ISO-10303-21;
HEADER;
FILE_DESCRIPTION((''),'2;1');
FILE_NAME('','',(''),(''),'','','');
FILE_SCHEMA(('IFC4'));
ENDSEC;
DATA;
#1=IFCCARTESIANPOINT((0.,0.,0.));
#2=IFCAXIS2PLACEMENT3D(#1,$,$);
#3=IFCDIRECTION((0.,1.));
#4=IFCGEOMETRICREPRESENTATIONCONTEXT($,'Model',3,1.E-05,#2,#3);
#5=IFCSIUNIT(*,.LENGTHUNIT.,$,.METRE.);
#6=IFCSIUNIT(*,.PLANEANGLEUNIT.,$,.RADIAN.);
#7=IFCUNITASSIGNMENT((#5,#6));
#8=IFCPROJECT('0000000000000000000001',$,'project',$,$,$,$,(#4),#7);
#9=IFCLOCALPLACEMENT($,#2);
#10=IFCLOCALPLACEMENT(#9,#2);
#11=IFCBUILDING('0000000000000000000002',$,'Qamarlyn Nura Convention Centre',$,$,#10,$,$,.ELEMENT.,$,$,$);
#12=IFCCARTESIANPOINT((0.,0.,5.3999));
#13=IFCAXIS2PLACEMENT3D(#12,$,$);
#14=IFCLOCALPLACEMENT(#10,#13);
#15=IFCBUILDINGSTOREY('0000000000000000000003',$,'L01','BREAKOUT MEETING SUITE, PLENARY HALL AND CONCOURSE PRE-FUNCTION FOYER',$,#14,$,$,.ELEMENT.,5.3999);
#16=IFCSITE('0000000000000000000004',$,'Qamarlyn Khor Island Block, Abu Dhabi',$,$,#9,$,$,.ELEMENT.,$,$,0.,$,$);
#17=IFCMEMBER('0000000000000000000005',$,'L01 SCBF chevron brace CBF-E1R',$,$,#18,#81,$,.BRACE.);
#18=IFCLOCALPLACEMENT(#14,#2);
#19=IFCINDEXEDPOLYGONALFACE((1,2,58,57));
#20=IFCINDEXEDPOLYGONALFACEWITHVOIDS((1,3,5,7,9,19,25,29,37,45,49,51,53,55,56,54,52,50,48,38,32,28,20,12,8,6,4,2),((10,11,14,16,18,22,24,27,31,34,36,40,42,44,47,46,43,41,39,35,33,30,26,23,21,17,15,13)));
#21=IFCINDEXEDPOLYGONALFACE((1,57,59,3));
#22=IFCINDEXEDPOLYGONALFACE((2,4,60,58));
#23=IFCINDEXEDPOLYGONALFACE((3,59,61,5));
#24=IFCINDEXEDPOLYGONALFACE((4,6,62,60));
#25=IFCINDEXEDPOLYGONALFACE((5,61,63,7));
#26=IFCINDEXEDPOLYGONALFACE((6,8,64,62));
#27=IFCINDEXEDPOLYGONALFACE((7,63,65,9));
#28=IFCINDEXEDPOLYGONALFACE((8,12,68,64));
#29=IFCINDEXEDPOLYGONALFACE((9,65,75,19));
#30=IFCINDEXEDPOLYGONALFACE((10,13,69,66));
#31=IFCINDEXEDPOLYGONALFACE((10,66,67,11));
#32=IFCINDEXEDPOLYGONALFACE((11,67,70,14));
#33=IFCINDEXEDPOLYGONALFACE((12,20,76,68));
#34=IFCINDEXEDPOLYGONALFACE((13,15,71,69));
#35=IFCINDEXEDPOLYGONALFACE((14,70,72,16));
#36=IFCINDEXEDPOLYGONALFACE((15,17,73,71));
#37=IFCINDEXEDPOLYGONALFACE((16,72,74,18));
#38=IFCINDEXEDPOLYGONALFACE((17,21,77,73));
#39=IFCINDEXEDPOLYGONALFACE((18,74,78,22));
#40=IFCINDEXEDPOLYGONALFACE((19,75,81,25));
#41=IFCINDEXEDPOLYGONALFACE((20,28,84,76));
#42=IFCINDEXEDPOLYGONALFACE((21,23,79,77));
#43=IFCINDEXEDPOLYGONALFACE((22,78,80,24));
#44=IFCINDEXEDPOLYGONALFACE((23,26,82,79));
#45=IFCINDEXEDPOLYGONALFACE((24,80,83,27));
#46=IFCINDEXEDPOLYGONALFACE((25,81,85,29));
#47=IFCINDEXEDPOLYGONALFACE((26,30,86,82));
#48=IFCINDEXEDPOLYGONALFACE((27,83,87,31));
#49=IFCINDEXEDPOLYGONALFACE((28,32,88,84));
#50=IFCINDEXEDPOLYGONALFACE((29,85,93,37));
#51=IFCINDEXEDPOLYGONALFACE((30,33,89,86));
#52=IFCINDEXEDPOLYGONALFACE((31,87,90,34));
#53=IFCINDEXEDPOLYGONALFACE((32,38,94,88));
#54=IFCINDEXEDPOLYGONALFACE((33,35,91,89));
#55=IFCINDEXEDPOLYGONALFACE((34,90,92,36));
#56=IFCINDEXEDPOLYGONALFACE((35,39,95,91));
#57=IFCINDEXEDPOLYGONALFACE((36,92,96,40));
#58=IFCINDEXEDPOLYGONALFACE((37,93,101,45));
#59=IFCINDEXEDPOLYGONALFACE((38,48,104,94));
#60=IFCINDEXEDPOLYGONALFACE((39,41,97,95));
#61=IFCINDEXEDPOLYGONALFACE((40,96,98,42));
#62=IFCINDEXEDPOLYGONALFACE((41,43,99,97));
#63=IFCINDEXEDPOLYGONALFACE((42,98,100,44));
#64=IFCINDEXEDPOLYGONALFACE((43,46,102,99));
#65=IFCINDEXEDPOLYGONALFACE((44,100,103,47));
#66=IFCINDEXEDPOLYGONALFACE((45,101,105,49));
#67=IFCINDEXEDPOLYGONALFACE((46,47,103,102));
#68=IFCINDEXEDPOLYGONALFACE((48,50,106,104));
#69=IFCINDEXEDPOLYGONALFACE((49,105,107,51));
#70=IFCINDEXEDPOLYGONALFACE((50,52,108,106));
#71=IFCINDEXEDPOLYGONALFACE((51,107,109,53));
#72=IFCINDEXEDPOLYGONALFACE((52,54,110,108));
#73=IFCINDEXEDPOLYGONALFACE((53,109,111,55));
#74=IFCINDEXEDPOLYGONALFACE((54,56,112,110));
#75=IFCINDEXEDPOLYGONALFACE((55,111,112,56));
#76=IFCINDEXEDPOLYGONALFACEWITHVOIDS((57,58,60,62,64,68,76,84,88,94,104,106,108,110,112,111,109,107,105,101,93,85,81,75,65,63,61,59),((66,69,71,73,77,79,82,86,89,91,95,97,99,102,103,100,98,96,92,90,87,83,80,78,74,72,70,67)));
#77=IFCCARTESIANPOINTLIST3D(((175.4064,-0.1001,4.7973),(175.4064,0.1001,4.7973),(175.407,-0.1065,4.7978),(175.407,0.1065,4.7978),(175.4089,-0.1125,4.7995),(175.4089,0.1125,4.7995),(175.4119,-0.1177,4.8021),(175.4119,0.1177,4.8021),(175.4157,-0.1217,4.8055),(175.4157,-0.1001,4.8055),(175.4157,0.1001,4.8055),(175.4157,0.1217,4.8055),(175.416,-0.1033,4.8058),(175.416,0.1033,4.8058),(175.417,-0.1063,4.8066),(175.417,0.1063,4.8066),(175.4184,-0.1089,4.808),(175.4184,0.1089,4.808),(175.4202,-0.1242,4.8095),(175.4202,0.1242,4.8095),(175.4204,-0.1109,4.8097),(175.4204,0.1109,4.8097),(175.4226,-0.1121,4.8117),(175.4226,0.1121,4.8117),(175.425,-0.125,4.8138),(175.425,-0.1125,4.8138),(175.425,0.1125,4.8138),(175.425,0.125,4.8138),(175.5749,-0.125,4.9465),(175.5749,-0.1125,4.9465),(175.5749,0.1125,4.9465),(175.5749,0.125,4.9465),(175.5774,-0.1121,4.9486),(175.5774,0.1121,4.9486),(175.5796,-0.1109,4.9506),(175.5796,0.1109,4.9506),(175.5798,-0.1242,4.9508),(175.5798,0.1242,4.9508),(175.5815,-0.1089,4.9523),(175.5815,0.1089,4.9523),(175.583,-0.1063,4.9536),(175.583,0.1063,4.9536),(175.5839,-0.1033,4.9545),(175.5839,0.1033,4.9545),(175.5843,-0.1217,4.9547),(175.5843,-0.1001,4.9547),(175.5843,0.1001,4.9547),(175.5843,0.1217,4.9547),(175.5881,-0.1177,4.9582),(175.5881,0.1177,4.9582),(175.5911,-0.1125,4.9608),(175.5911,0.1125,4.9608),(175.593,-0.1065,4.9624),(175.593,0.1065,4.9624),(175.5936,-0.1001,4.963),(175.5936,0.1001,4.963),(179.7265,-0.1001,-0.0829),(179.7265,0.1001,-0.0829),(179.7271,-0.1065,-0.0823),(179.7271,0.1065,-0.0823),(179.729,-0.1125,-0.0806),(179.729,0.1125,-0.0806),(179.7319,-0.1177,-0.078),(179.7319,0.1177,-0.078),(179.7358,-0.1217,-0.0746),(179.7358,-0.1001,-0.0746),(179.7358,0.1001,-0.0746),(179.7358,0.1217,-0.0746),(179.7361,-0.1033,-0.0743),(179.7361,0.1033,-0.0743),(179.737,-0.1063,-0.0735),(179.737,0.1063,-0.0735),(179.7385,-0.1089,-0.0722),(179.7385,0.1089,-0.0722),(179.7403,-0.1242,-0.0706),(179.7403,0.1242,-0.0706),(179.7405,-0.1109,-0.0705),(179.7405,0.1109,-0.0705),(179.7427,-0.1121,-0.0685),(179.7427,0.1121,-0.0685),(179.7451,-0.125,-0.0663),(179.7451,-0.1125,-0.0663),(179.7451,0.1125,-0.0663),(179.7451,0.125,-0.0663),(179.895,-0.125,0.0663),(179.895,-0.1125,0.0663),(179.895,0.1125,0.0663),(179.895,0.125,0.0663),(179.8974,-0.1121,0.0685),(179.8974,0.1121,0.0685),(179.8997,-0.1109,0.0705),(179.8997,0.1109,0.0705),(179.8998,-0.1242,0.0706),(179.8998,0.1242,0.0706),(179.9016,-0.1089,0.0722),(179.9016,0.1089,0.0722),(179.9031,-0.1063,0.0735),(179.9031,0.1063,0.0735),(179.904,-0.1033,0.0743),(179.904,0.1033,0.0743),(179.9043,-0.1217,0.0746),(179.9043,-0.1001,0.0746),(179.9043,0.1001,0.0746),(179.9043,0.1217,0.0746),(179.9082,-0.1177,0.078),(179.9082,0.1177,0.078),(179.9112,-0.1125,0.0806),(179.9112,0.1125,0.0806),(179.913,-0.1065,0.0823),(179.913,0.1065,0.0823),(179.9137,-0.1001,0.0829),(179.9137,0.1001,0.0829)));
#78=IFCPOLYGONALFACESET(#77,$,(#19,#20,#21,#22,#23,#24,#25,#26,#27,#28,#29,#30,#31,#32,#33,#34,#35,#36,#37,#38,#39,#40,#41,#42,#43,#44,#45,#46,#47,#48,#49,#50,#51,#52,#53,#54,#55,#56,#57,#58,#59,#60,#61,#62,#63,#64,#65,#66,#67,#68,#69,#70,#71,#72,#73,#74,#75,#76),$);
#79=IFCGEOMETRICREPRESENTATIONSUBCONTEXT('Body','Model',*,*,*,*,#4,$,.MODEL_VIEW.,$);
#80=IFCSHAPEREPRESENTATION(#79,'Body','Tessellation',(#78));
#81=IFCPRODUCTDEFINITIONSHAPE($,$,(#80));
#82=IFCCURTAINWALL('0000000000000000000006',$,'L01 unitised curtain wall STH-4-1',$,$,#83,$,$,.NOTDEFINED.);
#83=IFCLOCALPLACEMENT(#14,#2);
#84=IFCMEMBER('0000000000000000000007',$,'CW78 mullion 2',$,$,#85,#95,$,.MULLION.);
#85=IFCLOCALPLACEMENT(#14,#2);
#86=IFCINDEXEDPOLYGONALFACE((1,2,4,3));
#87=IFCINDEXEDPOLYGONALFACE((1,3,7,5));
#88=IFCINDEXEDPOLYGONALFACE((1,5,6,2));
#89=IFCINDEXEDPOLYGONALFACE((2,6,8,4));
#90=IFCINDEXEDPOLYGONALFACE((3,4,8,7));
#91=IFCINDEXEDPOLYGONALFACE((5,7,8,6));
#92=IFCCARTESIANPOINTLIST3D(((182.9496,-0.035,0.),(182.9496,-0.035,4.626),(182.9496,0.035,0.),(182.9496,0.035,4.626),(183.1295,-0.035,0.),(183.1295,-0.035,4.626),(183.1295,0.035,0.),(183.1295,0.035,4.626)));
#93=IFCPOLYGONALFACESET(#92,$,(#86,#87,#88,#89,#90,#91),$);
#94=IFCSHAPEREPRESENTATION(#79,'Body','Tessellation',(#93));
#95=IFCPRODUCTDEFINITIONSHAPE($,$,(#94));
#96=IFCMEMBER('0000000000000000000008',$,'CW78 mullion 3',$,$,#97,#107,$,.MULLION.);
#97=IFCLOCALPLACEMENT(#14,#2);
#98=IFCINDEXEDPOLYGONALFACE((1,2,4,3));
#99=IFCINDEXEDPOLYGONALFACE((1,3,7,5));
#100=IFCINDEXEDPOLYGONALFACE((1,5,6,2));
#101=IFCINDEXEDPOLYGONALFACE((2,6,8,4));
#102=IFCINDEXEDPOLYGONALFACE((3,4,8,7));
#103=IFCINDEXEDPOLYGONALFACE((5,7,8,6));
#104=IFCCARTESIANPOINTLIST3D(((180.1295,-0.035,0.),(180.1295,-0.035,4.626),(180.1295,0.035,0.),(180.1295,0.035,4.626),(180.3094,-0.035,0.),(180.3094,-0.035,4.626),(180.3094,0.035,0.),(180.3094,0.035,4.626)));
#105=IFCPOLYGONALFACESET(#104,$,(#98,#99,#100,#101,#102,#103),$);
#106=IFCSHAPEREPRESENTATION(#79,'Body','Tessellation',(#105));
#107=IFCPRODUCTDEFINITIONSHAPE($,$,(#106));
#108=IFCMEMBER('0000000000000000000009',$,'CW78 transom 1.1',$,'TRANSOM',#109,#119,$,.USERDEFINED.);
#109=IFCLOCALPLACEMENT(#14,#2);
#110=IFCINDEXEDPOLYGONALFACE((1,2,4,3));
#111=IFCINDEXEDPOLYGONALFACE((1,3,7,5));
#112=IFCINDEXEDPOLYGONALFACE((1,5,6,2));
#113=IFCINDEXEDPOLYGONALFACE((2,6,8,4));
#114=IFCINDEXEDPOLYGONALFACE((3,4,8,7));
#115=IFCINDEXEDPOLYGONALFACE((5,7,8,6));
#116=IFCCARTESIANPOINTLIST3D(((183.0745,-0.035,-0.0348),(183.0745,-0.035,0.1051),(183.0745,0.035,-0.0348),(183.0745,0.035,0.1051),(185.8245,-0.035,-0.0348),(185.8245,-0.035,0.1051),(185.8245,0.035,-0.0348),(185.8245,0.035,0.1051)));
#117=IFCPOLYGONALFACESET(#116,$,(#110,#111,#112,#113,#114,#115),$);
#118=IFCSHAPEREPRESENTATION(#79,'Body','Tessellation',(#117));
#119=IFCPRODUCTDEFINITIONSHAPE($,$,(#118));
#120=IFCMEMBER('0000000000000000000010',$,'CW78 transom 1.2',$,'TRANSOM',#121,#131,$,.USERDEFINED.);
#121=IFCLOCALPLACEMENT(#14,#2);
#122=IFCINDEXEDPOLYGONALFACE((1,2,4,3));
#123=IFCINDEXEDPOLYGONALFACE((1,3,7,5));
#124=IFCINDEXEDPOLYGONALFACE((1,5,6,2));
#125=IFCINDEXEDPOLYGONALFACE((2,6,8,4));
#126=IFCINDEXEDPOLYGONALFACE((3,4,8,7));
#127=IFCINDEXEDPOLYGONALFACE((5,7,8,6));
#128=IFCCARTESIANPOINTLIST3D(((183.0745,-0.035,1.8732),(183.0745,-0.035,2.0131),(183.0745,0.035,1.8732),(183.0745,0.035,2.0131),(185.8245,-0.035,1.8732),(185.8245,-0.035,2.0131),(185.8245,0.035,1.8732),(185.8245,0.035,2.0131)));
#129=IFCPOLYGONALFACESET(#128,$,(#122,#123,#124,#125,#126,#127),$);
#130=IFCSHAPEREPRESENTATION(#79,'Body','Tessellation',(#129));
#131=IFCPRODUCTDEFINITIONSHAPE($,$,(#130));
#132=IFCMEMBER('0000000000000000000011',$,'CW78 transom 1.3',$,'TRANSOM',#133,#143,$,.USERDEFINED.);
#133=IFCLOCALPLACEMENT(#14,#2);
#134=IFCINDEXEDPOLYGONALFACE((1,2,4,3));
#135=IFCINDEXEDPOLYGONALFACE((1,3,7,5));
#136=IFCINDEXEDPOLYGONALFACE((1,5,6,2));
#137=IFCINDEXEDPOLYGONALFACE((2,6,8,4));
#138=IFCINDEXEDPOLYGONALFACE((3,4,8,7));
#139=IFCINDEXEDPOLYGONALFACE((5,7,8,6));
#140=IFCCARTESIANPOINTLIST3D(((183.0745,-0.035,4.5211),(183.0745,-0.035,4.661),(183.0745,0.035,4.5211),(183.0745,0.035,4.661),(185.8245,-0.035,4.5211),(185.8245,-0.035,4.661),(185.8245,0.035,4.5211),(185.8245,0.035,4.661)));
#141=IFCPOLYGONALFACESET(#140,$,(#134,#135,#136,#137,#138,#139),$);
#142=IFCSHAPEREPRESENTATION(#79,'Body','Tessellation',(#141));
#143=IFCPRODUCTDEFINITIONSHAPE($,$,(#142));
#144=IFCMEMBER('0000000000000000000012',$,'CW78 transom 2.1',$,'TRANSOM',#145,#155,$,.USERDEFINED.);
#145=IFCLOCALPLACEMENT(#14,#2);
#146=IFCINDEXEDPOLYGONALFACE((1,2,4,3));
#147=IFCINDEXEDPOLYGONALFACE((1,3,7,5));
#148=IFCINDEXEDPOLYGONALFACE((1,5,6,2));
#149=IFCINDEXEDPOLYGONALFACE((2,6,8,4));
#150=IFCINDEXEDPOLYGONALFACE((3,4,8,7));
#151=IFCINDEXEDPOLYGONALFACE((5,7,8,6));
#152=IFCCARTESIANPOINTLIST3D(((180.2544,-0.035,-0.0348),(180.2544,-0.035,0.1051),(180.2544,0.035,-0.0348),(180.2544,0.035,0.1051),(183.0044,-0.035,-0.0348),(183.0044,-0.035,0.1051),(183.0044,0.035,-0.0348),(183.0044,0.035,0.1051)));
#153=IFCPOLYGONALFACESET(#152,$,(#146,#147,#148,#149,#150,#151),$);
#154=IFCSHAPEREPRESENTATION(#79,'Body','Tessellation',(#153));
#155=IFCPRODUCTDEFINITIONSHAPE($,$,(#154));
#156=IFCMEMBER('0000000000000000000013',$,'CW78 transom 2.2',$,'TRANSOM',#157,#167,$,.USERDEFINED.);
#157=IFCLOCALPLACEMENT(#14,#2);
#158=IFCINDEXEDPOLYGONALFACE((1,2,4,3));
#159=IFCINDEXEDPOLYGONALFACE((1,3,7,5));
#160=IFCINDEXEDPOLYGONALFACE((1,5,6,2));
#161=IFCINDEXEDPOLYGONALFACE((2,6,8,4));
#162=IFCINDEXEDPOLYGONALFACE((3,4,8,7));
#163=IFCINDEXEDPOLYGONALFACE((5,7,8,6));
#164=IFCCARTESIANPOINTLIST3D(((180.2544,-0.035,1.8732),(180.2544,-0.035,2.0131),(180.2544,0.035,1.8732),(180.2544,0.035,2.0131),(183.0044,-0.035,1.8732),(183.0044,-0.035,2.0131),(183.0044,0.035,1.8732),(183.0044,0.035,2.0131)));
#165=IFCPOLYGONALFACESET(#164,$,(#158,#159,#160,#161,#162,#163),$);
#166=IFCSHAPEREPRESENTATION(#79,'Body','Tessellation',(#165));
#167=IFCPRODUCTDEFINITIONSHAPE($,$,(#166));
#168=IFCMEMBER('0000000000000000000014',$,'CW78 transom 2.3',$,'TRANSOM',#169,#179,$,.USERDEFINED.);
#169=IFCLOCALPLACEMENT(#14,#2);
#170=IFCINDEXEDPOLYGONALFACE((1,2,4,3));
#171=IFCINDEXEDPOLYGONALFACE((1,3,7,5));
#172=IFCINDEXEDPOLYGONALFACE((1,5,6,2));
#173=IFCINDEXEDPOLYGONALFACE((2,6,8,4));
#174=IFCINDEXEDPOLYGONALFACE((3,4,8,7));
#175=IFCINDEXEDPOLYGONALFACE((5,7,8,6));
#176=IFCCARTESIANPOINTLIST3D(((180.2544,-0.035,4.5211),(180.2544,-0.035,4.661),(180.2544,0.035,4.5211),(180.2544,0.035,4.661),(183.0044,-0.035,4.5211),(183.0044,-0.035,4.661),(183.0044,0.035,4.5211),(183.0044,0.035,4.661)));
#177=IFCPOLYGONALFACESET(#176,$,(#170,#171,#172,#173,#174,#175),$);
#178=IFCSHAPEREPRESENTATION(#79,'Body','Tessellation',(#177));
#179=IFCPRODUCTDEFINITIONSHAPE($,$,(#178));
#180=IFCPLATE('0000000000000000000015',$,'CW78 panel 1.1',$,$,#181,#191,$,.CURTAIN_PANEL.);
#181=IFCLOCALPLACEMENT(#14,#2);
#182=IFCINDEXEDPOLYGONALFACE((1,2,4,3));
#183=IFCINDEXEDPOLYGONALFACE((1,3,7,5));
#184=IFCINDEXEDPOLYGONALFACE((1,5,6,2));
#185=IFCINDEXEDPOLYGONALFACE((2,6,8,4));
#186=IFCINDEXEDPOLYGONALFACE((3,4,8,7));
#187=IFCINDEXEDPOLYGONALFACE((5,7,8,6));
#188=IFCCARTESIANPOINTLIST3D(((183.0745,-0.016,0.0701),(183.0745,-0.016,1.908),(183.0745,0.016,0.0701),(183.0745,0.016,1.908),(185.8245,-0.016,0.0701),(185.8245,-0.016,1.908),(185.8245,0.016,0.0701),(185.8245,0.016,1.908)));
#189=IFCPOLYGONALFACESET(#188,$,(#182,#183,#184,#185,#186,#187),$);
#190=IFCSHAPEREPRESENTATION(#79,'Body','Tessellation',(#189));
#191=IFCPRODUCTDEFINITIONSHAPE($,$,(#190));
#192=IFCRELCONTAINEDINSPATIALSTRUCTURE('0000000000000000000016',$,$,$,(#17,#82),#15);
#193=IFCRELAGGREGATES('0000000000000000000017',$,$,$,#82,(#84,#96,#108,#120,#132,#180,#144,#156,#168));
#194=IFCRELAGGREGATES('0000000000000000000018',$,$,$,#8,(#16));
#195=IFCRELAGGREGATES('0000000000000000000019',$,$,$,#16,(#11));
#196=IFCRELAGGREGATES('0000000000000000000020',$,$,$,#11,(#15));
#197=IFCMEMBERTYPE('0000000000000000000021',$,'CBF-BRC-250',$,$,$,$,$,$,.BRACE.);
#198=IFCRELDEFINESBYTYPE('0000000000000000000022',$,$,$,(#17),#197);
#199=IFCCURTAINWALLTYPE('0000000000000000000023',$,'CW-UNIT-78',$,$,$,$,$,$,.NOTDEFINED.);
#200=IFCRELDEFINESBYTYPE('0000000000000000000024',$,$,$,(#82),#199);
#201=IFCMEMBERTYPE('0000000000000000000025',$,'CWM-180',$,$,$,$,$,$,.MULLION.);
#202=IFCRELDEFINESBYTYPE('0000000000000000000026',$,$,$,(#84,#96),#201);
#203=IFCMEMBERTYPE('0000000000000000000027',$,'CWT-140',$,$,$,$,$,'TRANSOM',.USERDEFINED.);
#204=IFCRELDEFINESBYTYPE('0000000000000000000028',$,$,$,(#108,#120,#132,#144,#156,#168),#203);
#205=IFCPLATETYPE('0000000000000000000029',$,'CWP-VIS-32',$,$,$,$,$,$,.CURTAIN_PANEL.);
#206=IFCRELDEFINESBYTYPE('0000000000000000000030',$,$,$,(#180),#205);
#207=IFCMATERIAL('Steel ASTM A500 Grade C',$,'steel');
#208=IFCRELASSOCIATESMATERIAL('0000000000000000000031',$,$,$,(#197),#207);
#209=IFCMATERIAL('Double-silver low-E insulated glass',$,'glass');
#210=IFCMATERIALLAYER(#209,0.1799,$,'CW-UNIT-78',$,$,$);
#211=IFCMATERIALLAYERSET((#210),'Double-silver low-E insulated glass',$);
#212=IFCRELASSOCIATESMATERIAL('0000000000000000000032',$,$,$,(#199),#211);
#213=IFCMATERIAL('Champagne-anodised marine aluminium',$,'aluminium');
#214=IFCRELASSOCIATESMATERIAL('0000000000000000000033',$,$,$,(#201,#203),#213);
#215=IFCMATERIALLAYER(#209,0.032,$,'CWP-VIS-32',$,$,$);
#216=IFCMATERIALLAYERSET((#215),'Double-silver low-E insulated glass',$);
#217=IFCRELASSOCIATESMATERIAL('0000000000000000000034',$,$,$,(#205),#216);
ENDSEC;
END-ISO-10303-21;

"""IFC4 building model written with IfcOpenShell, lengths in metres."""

from ifc_helpers import new_model, si_unit, direction, frame, origin, origin_2d, place, context, subcontext, project, spatial, rectangle, hollow_rectangle, extrude, material, layer, layer_set, material_profile, profile_set, type_object, element, aggregate, save


model = new_model("IFC4")

# Units and contexts
model_context = context("Model", 3, precision=1e-05, world=origin(), true_north=direction((0.0, 1.0)))
body_context = subcontext(model_context, "Body", "Model", "MODEL_VIEW")
ifc_project = project(units=[si_unit("LENGTHUNIT", "METRE"), si_unit("PLANEANGLEUNIT", "RADIAN")], contexts=[model_context])

# Site, building, storey
site_placement = place(None, origin())
site = spatial("IfcSite", under=ifc_project, at=site_placement, Name="Qamarlyn Khor Island Block, Abu Dhabi", CompositionType="ELEMENT", RefElevation=0.0)
building_placement = place(site_placement, origin())
building = spatial("IfcBuilding", under=site, at=building_placement, Name="Qamarlyn Nura Convention Centre", CompositionType="ELEMENT")
storey_placement = place(building_placement, frame((0.0, 0.0, 5.3999)))
storey = spatial("IfcBuildingStorey", under=building, at=storey_placement, Name="L01", Description="BREAKOUT MEETING SUITE, PLENARY HALL AND CONCOURSE PRE-FUNCTION FOYER", CompositionType="ELEMENT", Elevation=5.3999)

# Member
ifc_material_1 = material(Name="Steel ASTM A500 Grade C", Category="steel")
ifc_material_profile_1 = material_profile(ifc_material_1, hollow_rectangle(XDim=0.25, YDim=0.25, WallThickness=0.0125, InnerFilletRadius=0.0125, OuterFilletRadius=0.0249, at=origin_2d()), Name="HSS250X250X12.5")
ifc_profile_set_1 = profile_set([ifc_material_profile_1], Name="Steel ASTM A500 Grade C")
member_type_1 = type_object("IfcMemberType", Name="CBF-BRC-250", PredefinedType="BRACE", material=ifc_profile_set_1)
member_1_placement = place(storey_placement, frame((179.8201, 0.0, 0.0), z_axis=(-0.662835, 0.0, 0.748766), x_axis=(0.0, -1.0, 0.0)))
element("IfcMember", 1, at=member_1_placement, inside=storey, type_object=member_type_1, Name="L01 SCBF chevron brace CBF-E1R", PredefinedType="BRACE", context=body_context, shape_type="SweptSolid", body=[
    extrude(hollow_rectangle(XDim=0.25, YDim=0.25, WallThickness=0.0125, InnerFilletRadius=0.0125, OuterFilletRadius=0.0249, at=origin_2d()), origin(), (0.0, 0.0, 1.0), 6.5176),
])

# Curtain wall, members, plate
ifc_material_2 = material(Name="Double-silver low-E insulated glass", Category="glass")
ifc_layer_1 = layer(ifc_material_2, 0.1799, Name="CW-UNIT-78")
ifc_layer_set_1 = layer_set([ifc_layer_1], Name="Double-silver low-E insulated glass")
curtain_wall_type = type_object("IfcCurtainWallType", Name="CW-UNIT-78", PredefinedType="NOTDEFINED", material=ifc_layer_set_1)
curtain_wall_placement = place(storey_placement, origin())
curtain_wall = element("IfcCurtainWall", 2, at=curtain_wall_placement, inside=storey, type_object=curtain_wall_type, Name="L01 unitised curtain wall STH-4-1", PredefinedType="NOTDEFINED")
ifc_material_3 = material(Name="Champagne-anodised marine aluminium", Category="aluminium")
ifc_material_profile_2 = material_profile(ifc_material_3, rectangle(XDim=0.0701, YDim=0.1799, at=origin_2d()), Name="ALU MULLION 70x180")
ifc_profile_set_2 = profile_set([ifc_material_profile_2], Name="Champagne-anodised marine aluminium")
member_type_2 = type_object("IfcMemberType", Name="CWM-180", PredefinedType="MULLION", material=ifc_profile_set_2)
member_2_placement = place(storey_placement, frame((183.0396, 0.0, 0.0), z_axis=(0.0, 0.0, 1.0), x_axis=(0.0, -1.0, 0.0)))
member_2 = element("IfcMember", 3, at=member_2_placement, type_object=member_type_2, Name="CW78 mullion 2", PredefinedType="MULLION", context=body_context, shape_type="SweptSolid", body=[
    extrude(rectangle(XDim=0.0701, YDim=0.1799, at=origin_2d()), origin(), (0.0, 0.0, 1.0), 4.626),
])
member_3_placement = place(storey_placement, frame((180.2195, 0.0, 0.0), z_axis=(0.0, 0.0, 1.0), x_axis=(0.0, -1.0, 0.0)))
member_3 = element("IfcMember", 4, at=member_3_placement, type_object=member_type_2, Name="CW78 mullion 3", PredefinedType="MULLION", context=body_context, shape_type="SweptSolid", body=[
    extrude(rectangle(XDim=0.0701, YDim=0.1799, at=origin_2d()), origin(), (0.0, 0.0, 1.0), 4.626),
])
ifc_material_profile_3 = material_profile(ifc_material_3, rectangle(XDim=0.0701, YDim=0.1399, at=origin_2d()), Name="ALU TRANSOM 70x140")
ifc_profile_set_3 = profile_set([ifc_material_profile_3], Name="Champagne-anodised marine aluminium")
member_type_3 = type_object("IfcMemberType", Name="CWT-140", ElementType="TRANSOM", PredefinedType="USERDEFINED", material=ifc_profile_set_3)
member_4_placement = place(storey_placement, frame((185.8245, 0.0, 0.0352), z_axis=(-1.0, 0.0, 0.0), x_axis=(0.0, -1.0, 0.0)))
member_4 = element("IfcMember", 5, at=member_4_placement, type_object=member_type_3, Name="CW78 transom 1.1", ObjectType="TRANSOM", PredefinedType="USERDEFINED", context=body_context, shape_type="SweptSolid", body=[
    extrude(rectangle(XDim=0.0701, YDim=0.1399, at=origin_2d()), origin(), (0.0, 0.0, 1.0), 2.75),
])
member_5_placement = place(storey_placement, frame((185.8245, 0.0, 1.9431), z_axis=(-1.0, 0.0, 0.0), x_axis=(0.0, -1.0, 0.0)))
member_5 = element("IfcMember", 6, at=member_5_placement, type_object=member_type_3, Name="CW78 transom 1.2", ObjectType="TRANSOM", PredefinedType="USERDEFINED", context=body_context, shape_type="SweptSolid", body=[
    extrude(rectangle(XDim=0.0701, YDim=0.1399, at=origin_2d()), origin(), (0.0, 0.0, 1.0), 2.75),
])
member_6_placement = place(storey_placement, frame((185.8245, 0.0, 4.5911), z_axis=(-1.0, 0.0, 0.0), x_axis=(0.0, -1.0, 0.0)))
member_6 = element("IfcMember", 7, at=member_6_placement, type_object=member_type_3, Name="CW78 transom 1.3", ObjectType="TRANSOM", PredefinedType="USERDEFINED", context=body_context, shape_type="SweptSolid", body=[
    extrude(rectangle(XDim=0.0701, YDim=0.1399, at=origin_2d()), origin(), (0.0, 0.0, 1.0), 2.75),
])
member_7_placement = place(storey_placement, frame((183.0044, 0.0, 0.0352), z_axis=(-1.0, 0.0, 0.0), x_axis=(0.0, -1.0, 0.0)))
member_7 = element("IfcMember", 8, at=member_7_placement, type_object=member_type_3, Name="CW78 transom 2.1", ObjectType="TRANSOM", PredefinedType="USERDEFINED", context=body_context, shape_type="SweptSolid", body=[
    extrude(rectangle(XDim=0.0701, YDim=0.1399, at=origin_2d()), origin(), (0.0, 0.0, 1.0), 2.75),
])
member_8_placement = place(storey_placement, frame((183.0044, 0.0, 1.9431), z_axis=(-1.0, 0.0, 0.0), x_axis=(0.0, -1.0, 0.0)))
member_8 = element("IfcMember", 9, at=member_8_placement, type_object=member_type_3, Name="CW78 transom 2.2", ObjectType="TRANSOM", PredefinedType="USERDEFINED", context=body_context, shape_type="SweptSolid", body=[
    extrude(rectangle(XDim=0.0701, YDim=0.1399, at=origin_2d()), origin(), (0.0, 0.0, 1.0), 2.75),
])
member_9_placement = place(storey_placement, frame((183.0044, 0.0, 4.5911), z_axis=(-1.0, 0.0, 0.0), x_axis=(0.0, -1.0, 0.0)))
member_9 = element("IfcMember", 10, at=member_9_placement, type_object=member_type_3, Name="CW78 transom 2.3", ObjectType="TRANSOM", PredefinedType="USERDEFINED", context=body_context, shape_type="SweptSolid", body=[
    extrude(rectangle(XDim=0.0701, YDim=0.1399, at=origin_2d()), origin(), (0.0, 0.0, 1.0), 2.75),
])
ifc_layer_2 = layer(ifc_material_2, 0.032, Name="CWP-VIS-32")
ifc_layer_set_2 = layer_set([ifc_layer_2], Name="Double-silver low-E insulated glass")
plate_type_1 = type_object("IfcPlateType", Name="CWP-VIS-32", PredefinedType="CURTAIN_PANEL", material=ifc_layer_set_2)
plate_1_placement = place(storey_placement, frame((184.4495, 0.0, 0.0701), z_axis=(0.0, 0.0, 1.0), x_axis=(-1.0, 0.0, 0.0)))
plate_1 = element("IfcPlate", 11, at=plate_1_placement, type_object=plate_type_1, Name="CW78 panel 1.1", PredefinedType="CURTAIN_PANEL", context=body_context, shape_type="SweptSolid", body=[
    extrude(rectangle(XDim=2.75, YDim=0.032, at=origin_2d()), origin(), (0.0, 0.0, 1.0), 1.8379),
])
aggregate(curtain_wall, [member_2, member_3, member_4, member_5, member_6, plate_1, member_7, member_8, member_9])

save(model, "model.ifc")
